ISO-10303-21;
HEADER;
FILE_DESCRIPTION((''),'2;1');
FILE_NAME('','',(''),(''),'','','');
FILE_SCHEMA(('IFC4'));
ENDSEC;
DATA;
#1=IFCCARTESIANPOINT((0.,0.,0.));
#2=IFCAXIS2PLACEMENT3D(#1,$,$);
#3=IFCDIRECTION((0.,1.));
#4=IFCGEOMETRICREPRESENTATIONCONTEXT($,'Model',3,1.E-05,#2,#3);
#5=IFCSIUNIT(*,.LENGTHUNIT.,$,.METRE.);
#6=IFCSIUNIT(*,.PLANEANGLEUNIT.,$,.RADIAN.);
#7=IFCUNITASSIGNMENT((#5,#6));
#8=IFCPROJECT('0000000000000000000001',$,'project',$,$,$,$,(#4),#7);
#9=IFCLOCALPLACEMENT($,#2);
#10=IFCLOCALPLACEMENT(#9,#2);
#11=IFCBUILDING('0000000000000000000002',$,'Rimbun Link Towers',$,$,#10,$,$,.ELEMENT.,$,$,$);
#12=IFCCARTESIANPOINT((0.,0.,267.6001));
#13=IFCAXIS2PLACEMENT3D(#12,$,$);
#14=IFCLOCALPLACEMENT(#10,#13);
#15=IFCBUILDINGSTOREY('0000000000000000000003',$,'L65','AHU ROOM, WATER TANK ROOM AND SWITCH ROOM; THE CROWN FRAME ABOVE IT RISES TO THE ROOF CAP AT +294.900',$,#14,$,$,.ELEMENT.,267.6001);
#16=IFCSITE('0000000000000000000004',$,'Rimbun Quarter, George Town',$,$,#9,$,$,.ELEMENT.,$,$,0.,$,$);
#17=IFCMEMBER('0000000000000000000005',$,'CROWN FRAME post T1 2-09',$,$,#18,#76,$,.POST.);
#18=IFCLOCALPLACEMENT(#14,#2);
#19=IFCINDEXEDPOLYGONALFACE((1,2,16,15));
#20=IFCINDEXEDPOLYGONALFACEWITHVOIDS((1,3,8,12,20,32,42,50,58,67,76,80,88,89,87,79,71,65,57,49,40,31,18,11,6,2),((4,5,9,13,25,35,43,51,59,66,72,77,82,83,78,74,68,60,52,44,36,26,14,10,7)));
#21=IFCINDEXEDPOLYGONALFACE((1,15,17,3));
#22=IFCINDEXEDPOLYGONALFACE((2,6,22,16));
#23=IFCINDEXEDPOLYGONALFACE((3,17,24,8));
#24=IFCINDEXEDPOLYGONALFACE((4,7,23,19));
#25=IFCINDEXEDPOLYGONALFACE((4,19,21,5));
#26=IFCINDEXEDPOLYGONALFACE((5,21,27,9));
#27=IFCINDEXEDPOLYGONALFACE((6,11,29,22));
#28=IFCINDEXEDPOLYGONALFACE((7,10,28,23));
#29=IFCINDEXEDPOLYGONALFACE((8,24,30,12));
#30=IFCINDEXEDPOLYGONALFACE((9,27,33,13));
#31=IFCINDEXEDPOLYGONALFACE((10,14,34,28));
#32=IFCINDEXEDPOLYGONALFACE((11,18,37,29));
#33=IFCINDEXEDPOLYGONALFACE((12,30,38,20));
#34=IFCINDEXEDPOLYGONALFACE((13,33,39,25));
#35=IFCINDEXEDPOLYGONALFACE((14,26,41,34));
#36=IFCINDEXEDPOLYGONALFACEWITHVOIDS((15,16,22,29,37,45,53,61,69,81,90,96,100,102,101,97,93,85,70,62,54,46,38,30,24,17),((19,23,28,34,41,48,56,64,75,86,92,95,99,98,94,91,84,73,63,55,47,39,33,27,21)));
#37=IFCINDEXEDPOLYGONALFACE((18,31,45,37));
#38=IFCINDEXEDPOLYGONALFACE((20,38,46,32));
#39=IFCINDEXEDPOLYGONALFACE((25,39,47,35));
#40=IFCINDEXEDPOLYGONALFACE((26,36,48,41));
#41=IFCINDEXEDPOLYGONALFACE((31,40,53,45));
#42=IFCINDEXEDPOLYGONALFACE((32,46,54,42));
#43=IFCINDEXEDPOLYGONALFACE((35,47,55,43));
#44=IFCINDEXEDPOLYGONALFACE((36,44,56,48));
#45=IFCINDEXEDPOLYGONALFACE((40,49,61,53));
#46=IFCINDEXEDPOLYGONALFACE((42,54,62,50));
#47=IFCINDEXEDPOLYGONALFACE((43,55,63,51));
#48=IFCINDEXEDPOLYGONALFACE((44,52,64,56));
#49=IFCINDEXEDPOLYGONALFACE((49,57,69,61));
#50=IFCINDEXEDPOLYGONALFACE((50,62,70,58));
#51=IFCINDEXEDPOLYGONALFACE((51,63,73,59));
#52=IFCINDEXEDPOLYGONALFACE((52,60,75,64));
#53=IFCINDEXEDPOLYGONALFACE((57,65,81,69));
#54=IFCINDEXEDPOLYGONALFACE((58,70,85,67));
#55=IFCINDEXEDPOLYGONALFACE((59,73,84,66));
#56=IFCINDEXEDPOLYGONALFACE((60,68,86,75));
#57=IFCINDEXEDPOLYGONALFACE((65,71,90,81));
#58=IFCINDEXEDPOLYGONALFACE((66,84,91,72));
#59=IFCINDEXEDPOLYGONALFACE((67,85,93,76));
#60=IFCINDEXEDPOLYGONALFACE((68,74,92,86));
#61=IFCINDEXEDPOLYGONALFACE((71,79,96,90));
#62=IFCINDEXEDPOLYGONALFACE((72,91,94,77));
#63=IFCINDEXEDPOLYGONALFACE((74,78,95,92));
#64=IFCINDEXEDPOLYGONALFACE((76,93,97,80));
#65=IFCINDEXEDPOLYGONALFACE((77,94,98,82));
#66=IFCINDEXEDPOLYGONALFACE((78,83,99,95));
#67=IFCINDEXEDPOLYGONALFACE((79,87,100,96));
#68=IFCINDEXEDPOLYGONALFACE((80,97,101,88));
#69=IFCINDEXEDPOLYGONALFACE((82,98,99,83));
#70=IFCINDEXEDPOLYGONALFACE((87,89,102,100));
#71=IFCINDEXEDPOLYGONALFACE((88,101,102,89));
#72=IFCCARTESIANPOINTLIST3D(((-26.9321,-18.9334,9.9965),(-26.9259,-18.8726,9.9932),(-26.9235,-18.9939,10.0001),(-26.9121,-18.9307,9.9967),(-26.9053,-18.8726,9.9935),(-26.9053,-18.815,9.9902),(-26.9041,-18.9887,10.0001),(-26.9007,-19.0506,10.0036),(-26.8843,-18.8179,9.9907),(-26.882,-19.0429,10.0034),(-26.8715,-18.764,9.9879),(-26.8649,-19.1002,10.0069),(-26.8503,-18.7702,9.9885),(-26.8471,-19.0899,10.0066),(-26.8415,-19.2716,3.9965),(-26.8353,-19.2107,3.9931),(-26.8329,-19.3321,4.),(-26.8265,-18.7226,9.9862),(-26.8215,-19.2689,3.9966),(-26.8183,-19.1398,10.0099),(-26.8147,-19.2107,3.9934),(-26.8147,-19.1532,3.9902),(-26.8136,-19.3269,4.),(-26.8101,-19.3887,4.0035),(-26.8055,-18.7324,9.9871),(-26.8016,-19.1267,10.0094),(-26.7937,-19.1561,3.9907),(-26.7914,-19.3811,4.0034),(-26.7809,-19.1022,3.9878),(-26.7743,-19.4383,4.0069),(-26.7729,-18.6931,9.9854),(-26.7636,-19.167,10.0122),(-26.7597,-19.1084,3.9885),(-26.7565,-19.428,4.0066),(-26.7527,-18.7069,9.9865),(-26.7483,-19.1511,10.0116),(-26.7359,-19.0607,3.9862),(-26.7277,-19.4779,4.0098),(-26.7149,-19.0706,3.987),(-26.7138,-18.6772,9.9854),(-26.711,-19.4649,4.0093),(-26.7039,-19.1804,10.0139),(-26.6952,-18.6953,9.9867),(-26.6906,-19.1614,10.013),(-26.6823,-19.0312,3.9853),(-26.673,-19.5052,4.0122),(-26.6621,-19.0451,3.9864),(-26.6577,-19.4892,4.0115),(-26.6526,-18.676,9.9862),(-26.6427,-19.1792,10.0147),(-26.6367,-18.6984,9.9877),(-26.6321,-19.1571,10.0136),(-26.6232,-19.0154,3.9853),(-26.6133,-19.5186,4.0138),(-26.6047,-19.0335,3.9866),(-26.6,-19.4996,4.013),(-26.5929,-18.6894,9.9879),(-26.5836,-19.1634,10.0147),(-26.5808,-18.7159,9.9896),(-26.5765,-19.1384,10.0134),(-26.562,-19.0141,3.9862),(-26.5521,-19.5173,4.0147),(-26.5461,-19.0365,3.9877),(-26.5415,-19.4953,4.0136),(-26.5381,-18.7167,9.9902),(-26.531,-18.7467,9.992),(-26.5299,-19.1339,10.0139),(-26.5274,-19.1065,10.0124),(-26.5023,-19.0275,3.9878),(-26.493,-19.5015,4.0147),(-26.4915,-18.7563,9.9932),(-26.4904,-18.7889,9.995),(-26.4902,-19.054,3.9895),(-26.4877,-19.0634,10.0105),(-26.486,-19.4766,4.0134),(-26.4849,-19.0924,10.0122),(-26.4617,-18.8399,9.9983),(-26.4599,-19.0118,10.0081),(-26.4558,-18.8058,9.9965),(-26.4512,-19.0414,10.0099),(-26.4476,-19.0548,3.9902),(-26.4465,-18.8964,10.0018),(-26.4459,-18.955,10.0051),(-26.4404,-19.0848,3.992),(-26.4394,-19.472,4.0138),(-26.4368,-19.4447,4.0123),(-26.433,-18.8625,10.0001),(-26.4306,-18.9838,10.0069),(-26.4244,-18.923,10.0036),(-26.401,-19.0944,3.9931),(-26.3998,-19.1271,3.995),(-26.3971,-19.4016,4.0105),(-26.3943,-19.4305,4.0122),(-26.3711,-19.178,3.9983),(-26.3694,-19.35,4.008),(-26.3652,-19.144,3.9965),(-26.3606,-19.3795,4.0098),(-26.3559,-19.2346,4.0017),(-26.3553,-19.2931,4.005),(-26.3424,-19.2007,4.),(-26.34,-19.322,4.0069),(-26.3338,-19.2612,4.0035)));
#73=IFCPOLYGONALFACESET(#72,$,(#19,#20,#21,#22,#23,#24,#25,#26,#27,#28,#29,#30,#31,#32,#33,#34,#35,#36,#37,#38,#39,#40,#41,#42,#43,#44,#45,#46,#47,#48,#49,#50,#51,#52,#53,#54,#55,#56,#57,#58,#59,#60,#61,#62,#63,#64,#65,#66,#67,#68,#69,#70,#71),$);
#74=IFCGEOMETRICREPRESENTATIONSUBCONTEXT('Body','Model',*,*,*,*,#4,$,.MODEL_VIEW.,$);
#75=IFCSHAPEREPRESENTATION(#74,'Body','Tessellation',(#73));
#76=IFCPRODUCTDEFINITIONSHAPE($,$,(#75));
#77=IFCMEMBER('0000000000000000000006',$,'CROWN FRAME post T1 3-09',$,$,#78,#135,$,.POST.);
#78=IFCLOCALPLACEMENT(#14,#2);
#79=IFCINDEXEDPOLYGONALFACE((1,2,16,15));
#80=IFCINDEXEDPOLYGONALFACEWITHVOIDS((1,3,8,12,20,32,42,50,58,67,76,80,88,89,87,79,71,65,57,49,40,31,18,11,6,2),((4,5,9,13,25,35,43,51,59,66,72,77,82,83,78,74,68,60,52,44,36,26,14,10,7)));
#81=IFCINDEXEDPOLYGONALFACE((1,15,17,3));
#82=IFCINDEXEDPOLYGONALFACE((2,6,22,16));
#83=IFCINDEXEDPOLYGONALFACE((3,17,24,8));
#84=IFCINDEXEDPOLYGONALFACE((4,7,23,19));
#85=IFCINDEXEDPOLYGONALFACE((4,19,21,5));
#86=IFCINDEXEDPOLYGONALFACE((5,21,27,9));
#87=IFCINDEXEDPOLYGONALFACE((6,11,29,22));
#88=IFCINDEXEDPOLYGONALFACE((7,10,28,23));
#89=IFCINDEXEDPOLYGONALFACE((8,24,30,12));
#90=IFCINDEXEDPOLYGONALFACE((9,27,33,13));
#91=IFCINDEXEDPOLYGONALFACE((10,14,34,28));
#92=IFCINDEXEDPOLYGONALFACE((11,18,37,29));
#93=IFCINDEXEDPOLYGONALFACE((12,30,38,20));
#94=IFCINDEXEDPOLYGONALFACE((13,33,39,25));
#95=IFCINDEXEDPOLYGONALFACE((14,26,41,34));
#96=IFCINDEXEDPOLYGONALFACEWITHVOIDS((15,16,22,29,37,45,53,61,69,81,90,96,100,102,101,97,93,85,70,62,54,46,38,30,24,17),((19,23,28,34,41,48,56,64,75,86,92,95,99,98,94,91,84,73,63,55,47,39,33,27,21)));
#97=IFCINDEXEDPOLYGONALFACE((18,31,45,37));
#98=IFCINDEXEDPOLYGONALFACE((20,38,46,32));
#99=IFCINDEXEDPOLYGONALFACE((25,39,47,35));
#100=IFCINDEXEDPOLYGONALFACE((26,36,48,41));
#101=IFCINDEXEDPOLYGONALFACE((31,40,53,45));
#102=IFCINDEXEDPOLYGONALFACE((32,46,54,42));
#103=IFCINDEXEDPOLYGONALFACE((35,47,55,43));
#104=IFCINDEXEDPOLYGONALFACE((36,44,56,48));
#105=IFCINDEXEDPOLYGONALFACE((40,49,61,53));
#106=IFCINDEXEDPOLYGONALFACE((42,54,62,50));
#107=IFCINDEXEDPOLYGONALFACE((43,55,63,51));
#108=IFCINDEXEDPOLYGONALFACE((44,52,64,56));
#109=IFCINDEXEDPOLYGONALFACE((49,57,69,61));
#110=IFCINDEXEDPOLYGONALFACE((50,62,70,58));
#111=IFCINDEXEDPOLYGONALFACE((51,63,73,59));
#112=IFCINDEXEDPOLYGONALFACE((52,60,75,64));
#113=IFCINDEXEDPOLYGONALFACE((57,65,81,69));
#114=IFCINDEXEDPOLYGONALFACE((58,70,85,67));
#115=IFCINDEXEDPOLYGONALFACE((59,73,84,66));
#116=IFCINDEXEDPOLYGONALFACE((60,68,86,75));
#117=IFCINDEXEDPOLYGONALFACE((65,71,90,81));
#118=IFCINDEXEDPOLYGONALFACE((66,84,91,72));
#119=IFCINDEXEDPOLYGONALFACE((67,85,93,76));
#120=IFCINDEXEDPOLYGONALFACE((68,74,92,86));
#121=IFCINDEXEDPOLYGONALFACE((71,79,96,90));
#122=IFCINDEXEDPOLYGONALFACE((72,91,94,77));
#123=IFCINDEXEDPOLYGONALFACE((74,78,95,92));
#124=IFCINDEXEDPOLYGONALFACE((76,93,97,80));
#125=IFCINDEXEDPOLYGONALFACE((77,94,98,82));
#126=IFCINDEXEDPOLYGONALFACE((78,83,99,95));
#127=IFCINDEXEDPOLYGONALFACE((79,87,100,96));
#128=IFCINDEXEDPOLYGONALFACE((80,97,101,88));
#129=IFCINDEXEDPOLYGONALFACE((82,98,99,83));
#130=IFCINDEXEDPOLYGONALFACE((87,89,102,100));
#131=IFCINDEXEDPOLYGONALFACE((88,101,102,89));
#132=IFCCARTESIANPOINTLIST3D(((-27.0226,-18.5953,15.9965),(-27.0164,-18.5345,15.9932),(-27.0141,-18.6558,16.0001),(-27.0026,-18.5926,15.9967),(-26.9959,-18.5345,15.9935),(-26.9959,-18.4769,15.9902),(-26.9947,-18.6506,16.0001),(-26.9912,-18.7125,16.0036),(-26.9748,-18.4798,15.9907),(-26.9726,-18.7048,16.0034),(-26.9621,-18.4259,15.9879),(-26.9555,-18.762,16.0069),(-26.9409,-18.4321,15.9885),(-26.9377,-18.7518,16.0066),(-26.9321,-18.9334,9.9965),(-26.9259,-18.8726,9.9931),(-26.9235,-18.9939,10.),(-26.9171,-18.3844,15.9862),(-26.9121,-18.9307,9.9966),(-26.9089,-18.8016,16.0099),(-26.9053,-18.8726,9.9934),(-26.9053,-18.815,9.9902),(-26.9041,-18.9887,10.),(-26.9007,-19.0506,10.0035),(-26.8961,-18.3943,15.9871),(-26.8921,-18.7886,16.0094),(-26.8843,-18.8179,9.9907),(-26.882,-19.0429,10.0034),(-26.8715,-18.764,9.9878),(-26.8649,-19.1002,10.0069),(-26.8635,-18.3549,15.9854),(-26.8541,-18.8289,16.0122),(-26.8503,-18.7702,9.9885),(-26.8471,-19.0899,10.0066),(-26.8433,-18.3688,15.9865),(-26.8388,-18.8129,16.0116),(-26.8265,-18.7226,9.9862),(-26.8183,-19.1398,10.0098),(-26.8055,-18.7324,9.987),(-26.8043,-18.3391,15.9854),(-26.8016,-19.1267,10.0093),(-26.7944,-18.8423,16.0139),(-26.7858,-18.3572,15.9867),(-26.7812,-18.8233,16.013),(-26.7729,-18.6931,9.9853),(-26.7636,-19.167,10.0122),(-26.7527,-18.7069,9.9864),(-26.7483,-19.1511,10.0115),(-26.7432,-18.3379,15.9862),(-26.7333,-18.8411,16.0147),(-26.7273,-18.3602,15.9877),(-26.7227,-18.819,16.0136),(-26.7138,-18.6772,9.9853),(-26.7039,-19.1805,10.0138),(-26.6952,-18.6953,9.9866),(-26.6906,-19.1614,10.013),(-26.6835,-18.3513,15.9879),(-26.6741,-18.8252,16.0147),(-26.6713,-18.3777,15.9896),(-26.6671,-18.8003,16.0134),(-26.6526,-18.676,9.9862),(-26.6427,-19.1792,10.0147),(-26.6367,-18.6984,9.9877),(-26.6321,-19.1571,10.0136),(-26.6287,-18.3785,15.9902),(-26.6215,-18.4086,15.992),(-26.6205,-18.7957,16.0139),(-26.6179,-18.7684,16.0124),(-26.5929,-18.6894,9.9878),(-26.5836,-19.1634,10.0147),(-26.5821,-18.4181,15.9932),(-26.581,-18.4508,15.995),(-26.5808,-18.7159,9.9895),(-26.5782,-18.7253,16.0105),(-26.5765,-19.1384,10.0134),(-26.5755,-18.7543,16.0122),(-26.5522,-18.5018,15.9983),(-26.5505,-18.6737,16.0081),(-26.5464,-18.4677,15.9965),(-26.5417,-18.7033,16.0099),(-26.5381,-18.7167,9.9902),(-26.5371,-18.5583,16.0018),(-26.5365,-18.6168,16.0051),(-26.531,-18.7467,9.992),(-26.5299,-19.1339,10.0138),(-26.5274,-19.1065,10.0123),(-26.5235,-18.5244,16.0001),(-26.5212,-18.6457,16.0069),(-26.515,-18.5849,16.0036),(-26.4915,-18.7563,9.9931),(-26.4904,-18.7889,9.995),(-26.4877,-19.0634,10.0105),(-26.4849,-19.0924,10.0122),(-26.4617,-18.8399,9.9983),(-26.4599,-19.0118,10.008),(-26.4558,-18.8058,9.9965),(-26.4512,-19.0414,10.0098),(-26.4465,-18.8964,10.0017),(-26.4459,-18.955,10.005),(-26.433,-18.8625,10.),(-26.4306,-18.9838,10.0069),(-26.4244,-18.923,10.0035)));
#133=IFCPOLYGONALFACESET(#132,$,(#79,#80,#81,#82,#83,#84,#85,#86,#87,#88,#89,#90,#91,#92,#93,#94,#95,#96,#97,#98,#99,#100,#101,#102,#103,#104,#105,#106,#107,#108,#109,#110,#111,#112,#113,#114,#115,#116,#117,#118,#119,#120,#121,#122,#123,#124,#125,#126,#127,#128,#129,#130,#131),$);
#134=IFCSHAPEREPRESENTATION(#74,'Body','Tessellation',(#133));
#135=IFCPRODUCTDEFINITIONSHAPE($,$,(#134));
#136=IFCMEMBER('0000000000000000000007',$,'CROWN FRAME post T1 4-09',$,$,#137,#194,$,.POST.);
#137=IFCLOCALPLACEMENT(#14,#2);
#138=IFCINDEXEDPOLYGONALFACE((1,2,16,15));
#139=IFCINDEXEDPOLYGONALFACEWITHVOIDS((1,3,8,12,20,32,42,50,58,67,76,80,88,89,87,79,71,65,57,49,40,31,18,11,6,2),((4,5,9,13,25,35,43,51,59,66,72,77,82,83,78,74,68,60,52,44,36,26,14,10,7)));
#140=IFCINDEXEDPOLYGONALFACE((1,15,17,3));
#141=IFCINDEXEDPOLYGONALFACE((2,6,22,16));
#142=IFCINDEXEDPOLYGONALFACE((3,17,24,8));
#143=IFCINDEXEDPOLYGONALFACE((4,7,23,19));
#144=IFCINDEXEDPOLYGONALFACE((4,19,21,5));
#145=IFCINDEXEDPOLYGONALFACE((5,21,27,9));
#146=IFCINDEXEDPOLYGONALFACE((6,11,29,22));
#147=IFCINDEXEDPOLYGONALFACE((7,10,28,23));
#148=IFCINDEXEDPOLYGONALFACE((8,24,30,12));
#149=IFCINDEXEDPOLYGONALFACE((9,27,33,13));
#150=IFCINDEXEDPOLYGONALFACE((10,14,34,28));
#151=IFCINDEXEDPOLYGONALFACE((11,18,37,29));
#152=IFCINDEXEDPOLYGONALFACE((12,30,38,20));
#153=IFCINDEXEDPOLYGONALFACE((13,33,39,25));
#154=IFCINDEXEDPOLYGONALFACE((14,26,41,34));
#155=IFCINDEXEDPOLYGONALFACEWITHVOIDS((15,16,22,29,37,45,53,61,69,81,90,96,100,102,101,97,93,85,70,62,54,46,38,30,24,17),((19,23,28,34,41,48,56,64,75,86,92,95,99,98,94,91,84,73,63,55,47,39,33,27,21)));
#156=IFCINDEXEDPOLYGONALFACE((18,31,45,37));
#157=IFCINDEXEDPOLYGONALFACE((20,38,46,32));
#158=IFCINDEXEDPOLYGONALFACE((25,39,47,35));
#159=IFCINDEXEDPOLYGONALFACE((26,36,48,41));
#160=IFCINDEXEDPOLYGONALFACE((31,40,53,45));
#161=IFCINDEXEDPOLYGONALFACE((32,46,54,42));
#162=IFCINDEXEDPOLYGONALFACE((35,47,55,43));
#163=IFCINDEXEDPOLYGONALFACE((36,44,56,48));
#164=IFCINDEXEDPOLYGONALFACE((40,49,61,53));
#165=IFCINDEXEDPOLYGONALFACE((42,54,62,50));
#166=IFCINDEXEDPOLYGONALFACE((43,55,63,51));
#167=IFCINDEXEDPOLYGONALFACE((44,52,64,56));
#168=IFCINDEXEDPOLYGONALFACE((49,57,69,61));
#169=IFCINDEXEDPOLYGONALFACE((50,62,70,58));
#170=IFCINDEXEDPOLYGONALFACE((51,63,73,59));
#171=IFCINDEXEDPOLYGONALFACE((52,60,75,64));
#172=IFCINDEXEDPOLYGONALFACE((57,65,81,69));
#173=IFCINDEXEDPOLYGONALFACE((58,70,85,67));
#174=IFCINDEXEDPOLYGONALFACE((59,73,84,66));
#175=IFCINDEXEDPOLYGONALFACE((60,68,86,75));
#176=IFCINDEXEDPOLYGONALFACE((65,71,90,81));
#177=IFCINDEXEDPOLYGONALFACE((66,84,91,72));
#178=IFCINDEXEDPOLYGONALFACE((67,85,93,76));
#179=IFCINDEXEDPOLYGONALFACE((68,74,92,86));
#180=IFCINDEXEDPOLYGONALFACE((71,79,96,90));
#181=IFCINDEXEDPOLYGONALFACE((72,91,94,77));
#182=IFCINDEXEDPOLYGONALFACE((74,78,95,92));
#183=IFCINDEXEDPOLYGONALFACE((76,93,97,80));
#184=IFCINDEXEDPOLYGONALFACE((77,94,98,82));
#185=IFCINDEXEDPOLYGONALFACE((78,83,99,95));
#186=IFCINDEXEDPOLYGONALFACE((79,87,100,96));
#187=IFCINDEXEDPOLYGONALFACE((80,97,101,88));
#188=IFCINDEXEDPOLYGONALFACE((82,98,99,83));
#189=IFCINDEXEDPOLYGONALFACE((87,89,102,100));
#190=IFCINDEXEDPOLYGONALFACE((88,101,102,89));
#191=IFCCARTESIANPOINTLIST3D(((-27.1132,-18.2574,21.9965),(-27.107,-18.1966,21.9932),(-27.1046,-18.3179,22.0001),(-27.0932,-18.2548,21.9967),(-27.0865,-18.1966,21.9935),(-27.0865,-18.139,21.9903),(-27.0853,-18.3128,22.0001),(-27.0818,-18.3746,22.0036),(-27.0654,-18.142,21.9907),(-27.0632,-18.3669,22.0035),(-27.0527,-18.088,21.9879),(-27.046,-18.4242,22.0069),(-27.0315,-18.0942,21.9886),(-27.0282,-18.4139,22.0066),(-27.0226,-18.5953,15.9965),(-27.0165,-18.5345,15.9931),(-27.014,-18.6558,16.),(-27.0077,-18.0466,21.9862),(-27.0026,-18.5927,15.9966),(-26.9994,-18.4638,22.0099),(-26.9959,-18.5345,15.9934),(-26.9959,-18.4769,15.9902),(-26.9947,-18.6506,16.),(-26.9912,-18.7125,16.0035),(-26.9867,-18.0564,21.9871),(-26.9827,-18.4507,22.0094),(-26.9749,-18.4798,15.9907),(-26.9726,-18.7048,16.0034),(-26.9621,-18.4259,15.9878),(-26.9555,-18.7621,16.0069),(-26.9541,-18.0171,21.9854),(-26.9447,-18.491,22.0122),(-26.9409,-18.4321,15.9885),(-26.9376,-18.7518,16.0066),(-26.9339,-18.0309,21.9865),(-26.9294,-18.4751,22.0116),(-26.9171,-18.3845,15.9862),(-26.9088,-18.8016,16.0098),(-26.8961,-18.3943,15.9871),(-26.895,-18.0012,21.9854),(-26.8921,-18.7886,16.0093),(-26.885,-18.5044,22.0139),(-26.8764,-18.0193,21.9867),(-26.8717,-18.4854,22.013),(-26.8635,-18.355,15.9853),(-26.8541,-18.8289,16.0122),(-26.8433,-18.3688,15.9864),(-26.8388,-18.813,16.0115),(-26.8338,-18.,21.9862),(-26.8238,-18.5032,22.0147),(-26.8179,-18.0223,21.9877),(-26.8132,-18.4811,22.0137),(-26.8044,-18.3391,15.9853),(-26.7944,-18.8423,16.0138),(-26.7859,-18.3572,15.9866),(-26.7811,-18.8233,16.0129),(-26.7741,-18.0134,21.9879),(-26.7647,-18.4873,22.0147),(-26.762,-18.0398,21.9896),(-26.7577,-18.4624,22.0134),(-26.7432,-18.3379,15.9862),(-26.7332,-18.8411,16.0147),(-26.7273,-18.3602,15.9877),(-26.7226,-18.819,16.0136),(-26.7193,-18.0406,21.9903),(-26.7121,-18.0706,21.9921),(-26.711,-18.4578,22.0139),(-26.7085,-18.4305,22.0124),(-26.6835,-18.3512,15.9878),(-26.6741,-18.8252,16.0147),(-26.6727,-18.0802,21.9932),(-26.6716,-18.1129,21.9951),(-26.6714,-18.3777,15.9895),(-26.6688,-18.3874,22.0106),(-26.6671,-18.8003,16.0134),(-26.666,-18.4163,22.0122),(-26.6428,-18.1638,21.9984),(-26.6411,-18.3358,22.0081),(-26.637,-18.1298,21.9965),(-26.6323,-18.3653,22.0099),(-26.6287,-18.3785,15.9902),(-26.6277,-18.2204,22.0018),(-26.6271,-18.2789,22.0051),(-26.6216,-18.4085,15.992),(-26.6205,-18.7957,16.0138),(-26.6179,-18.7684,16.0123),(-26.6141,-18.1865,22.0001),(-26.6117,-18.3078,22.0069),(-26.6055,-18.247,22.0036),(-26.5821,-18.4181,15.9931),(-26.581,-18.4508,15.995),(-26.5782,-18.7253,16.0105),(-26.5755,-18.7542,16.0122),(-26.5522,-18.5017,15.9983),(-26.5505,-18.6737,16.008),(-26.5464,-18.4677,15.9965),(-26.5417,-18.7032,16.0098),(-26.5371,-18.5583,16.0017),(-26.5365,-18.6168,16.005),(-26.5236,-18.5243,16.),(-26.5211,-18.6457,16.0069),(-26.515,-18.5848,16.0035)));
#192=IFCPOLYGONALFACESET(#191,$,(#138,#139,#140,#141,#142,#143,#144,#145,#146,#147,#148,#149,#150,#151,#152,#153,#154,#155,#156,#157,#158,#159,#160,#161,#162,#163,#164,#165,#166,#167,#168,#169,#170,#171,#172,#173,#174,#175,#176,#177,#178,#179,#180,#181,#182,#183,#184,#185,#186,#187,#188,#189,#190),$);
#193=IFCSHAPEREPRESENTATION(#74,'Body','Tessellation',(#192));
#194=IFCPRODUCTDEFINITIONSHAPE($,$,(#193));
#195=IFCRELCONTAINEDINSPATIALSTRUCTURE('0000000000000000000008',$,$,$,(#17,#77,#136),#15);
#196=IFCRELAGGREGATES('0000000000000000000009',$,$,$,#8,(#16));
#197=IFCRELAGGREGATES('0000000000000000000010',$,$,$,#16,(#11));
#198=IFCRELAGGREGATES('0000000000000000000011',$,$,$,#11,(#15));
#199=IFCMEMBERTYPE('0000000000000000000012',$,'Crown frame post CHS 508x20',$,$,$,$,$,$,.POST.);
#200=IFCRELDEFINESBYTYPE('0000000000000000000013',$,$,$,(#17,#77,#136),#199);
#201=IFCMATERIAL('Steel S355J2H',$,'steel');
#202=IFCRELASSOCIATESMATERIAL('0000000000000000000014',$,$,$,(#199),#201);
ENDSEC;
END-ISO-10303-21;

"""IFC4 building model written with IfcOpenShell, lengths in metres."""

from ifc_helpers import new_model, si_unit, direction, frame, origin, origin_2d, place, context, subcontext, project, spatial, hollow_circle, extrude, material, material_profile, profile_set, type_object, element, save


model = new_model("IFC4")

# Units and contexts
model_context = context("Model", 3, precision=1e-05, world=origin(), true_north=direction((0.0, 1.0)))
body_context = subcontext(model_context, "Body", "Model", "MODEL_VIEW")
ifc_project = project(units=[si_unit("LENGTHUNIT", "METRE"), si_unit("PLANEANGLEUNIT", "RADIAN")], contexts=[model_context])

# Site, building, storey
site_placement = place(None, origin())
site = spatial("IfcSite", under=ifc_project, at=site_placement, Name="Rimbun Quarter, George Town", CompositionType="ELEMENT", RefElevation=0.0)
building_placement = place(site_placement, origin())
building = spatial("IfcBuilding", under=site, at=building_placement, Name="Rimbun Link Towers", CompositionType="ELEMENT")
storey_placement = place(building_placement, frame((0.0, 0.0, 267.6001)))
storey = spatial("IfcBuildingStorey", under=building, at=storey_placement, Name="L65", Description="AHU ROOM, WATER TANK ROOM AND SWITCH ROOM; THE CROWN FRAME ABOVE IT RISES TO THE ROOF CAP AT +294.900", CompositionType="ELEMENT", Elevation=267.6001)

# Members
ifc_material_1 = material(Name="Steel S355J2H", Category="steel")
ifc_material_profile_1 = material_profile(ifc_material_1, hollow_circle(Radius=0.2539, WallThickness=0.02, at=origin_2d()), Name="Crown frame post CHS 508x20")
ifc_profile_set_1 = profile_set([ifc_material_profile_1], Name="Steel S355J2H")
member_type_1 = type_object("IfcMemberType", Name="Crown frame post CHS 508x20", PredefinedType="POST", material=ifc_profile_set_1)
for number, where, z_axis, x_axis, name in (
    (1, (-26.5876, -19.2664, 4.0), (-0.01507, 0.05626, 0.998302), (-0.965945, -0.258748, 0.0), "CROWN FRAME post T1 2-09"),
    (2, (-26.6782, -18.9282, 10.0), (-0.01507, 0.05626, 0.998302), (-0.965945, -0.258748, 0.0), "CROWN FRAME post T1 3-09"),
    (3, (-26.7688, -18.5901, 16.0), (-0.01507, 0.05622, 0.998305), (-0.965898, -0.258922, 0.0), "CROWN FRAME post T1 4-09"),
):
    element("IfcMember", number, at=place(storey_placement, frame(where, z_axis=z_axis, x_axis=x_axis)), inside=storey, type_object=member_type_1, Name=name, PredefinedType="POST", context=body_context, shape_type="SweptSolid", body=[
        extrude(hollow_circle(Radius=0.2539, WallThickness=0.02, at=origin_2d()), origin(), (0.0, 0.0, 1.0), 6.0103),
    ])

save(model, "model.ifc")
